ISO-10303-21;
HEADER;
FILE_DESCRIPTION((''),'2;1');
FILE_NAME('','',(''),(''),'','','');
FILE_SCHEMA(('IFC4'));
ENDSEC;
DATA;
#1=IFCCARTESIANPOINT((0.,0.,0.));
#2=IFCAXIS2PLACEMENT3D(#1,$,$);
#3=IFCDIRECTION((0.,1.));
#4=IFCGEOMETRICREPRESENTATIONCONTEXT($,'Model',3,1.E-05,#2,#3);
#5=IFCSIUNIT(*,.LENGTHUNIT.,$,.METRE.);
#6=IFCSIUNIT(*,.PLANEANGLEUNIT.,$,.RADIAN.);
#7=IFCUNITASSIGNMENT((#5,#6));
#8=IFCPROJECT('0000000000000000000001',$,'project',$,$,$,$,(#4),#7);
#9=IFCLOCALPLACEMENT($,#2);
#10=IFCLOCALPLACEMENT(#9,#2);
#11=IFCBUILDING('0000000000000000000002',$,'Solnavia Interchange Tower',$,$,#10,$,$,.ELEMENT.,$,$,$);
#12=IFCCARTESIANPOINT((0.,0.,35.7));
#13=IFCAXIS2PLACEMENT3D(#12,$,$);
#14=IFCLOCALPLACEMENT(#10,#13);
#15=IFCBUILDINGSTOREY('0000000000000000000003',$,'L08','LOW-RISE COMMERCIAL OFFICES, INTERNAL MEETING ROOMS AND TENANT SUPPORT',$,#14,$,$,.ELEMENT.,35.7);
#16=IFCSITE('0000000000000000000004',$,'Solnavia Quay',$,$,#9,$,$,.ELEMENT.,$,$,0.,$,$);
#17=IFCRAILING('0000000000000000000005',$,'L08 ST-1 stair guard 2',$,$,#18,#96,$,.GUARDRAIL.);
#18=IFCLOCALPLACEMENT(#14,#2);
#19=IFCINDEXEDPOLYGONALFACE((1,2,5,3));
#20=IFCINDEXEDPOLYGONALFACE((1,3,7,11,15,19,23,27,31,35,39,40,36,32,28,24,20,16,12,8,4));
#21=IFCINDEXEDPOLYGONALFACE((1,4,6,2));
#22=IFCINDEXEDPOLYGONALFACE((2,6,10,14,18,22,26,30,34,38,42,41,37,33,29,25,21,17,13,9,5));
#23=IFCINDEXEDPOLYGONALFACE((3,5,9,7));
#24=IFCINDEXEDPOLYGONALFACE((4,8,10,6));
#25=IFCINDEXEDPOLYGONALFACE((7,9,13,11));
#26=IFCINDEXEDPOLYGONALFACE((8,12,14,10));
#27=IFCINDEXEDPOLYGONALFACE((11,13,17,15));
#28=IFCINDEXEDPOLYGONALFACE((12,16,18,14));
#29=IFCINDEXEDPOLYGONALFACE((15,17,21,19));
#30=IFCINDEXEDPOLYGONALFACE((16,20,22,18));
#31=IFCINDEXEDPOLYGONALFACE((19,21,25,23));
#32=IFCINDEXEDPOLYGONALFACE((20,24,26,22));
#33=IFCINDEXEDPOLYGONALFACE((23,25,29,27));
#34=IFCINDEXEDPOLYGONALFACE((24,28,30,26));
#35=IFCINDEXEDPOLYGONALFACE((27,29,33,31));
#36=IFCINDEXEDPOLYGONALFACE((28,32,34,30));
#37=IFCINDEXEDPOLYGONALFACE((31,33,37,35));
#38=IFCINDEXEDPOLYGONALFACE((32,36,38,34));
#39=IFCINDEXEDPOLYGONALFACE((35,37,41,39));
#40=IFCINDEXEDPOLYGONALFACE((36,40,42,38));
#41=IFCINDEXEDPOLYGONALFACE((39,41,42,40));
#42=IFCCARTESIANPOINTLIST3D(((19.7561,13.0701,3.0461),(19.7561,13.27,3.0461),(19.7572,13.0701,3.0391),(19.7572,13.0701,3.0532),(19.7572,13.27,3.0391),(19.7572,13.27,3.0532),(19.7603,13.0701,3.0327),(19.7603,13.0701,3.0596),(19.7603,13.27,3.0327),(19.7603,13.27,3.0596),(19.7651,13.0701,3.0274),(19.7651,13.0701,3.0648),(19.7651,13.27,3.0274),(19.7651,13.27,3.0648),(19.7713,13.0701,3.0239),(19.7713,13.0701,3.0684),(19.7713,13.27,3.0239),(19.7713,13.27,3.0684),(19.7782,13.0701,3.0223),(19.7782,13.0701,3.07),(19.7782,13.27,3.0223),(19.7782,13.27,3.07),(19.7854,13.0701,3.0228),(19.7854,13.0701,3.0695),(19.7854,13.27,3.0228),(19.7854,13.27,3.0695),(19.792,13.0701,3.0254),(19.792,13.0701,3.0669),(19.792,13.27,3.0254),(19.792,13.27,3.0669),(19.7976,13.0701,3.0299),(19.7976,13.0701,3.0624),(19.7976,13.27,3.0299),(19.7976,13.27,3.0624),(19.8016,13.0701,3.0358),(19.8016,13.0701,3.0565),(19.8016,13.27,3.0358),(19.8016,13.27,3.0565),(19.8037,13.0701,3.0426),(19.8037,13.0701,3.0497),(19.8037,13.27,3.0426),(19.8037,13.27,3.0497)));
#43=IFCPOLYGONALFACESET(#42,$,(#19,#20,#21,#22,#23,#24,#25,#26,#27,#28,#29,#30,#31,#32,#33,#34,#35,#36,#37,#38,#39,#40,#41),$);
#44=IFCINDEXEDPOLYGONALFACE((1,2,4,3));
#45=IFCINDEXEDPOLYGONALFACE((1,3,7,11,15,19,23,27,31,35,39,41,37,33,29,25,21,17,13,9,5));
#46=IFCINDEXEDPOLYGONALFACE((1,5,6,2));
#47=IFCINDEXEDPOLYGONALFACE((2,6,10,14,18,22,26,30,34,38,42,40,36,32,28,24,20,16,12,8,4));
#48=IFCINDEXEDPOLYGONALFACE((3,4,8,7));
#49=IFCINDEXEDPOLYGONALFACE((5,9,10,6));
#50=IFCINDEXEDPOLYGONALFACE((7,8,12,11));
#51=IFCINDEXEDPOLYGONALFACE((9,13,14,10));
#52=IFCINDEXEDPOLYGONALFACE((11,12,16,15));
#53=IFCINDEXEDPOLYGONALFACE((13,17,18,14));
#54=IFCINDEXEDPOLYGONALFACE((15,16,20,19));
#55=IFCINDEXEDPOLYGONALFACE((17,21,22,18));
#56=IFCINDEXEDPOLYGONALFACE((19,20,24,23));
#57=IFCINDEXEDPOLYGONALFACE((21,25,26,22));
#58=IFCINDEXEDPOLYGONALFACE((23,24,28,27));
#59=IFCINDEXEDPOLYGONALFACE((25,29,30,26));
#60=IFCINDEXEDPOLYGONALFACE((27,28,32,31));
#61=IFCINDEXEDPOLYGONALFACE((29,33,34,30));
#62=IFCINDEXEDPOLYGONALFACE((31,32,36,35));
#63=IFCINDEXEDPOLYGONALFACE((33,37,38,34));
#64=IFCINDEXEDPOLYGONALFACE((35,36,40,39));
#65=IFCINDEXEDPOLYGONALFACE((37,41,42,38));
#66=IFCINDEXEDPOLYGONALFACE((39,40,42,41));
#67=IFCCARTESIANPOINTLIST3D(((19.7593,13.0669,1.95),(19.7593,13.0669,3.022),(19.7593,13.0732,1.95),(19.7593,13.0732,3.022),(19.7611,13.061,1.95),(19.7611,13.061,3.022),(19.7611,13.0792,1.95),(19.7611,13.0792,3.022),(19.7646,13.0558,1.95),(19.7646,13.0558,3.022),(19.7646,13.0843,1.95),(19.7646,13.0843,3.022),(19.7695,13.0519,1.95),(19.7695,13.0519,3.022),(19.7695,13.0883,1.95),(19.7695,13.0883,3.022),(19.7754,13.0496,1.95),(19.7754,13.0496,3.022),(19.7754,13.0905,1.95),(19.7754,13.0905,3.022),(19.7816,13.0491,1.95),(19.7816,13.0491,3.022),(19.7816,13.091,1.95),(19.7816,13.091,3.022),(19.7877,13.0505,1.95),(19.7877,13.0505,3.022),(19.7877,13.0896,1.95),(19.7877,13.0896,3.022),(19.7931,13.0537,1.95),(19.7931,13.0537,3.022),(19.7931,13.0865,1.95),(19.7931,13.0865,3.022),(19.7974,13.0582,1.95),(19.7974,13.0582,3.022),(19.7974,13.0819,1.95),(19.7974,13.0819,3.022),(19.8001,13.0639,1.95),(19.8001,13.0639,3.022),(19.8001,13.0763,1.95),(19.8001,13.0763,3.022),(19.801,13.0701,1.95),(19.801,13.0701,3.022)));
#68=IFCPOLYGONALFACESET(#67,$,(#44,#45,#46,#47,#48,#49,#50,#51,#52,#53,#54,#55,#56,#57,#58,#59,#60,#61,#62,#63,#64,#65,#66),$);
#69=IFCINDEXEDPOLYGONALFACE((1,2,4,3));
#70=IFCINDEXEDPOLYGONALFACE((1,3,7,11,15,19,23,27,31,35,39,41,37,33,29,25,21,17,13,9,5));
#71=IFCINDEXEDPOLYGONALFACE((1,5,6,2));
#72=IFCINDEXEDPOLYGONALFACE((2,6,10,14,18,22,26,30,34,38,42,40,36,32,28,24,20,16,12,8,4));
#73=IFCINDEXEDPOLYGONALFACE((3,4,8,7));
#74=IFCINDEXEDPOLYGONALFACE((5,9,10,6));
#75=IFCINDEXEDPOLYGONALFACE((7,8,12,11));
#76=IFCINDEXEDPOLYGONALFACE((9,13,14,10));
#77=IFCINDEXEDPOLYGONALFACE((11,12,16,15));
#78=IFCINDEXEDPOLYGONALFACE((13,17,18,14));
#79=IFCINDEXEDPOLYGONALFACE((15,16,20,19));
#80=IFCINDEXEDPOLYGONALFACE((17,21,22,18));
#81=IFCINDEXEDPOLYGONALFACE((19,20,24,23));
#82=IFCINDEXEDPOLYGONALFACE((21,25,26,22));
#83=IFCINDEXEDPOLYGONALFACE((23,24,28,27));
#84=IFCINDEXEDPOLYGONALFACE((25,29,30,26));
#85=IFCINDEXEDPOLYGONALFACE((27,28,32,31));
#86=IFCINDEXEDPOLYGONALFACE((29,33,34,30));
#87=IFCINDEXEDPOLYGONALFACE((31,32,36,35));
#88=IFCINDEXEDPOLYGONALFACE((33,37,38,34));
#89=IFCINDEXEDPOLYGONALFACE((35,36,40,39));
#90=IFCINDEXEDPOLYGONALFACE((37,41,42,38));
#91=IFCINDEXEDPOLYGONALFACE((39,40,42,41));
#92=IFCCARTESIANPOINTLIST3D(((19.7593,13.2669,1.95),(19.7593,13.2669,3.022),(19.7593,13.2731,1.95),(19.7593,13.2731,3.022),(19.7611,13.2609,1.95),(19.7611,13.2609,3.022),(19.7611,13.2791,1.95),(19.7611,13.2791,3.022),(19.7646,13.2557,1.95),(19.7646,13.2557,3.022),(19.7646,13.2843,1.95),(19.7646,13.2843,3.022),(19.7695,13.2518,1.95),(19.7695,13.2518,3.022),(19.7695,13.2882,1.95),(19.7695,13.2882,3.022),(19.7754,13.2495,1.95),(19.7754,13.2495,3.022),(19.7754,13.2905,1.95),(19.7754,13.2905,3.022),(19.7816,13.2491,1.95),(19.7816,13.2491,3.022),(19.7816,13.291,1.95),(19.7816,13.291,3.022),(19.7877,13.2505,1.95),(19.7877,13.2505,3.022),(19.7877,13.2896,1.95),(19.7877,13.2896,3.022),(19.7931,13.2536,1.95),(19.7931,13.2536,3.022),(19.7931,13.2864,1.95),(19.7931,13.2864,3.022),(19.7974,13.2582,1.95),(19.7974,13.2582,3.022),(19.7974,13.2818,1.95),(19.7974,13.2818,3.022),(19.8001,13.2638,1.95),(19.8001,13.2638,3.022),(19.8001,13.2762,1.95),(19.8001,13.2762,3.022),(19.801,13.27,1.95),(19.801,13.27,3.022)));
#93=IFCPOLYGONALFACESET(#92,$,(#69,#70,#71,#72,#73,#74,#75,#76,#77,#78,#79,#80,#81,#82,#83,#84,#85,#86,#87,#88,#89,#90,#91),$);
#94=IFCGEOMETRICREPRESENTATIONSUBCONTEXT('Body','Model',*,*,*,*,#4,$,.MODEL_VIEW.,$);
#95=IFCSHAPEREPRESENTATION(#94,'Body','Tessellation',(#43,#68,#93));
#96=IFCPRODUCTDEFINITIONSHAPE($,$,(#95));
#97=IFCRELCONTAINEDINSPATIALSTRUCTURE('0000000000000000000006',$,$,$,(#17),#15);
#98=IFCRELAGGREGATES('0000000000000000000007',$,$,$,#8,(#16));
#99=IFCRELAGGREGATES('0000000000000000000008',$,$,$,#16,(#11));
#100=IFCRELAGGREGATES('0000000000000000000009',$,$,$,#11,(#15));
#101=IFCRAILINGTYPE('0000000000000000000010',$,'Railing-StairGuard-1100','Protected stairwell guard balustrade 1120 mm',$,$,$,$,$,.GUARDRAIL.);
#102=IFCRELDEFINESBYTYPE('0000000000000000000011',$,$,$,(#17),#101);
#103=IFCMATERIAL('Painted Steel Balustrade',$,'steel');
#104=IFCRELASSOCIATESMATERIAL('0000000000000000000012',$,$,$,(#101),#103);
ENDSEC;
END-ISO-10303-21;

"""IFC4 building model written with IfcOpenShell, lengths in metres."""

from ifc_helpers import new_model, si_unit, direction, frame, origin, origin_2d, place, context, subcontext, project, spatial, circle, extrude, material, type_object, element, save


model = new_model("IFC4")

# Units and contexts
model_context = context("Model", 3, precision=1e-05, world=origin(), true_north=direction((0.0, 1.0)))
body_context = subcontext(model_context, "Body", "Model", "MODEL_VIEW")
ifc_project = project(units=[si_unit("LENGTHUNIT", "METRE"), si_unit("PLANEANGLEUNIT", "RADIAN")], contexts=[model_context])

# Site, building, storey
site_placement = place(None, origin())
site = spatial("IfcSite", under=ifc_project, at=site_placement, Name="Solnavia Quay", CompositionType="ELEMENT", RefElevation=0.0)
building_placement = place(site_placement, origin())
building = spatial("IfcBuilding", under=site, at=building_placement, Name="Solnavia Interchange Tower", CompositionType="ELEMENT")
storey_placement = place(building_placement, frame((0.0, 0.0, 35.7)))
storey = spatial("IfcBuildingStorey", under=building, at=storey_placement, Name="L08", Description="LOW-RISE COMMERCIAL OFFICES, INTERNAL MEETING ROOMS AND TENANT SUPPORT", CompositionType="ELEMENT", Elevation=35.7)

# Railing
ifc_material_1 = material(Name="Painted Steel Balustrade", Category="steel")
railing_type_1 = type_object("IfcRailingType", Name="Railing-StairGuard-1100", Description="Protected stairwell guard balustrade 1120 mm", PredefinedType="GUARDRAIL", material=ifc_material_1)
railing_1_placement = place(storey_placement, frame((19.78, 13.0701, 1.95)))
element("IfcRailing", 1, at=railing_1_placement, inside=storey, type_object=railing_type_1, Name="L08 ST-1 stair guard 2", PredefinedType="GUARDRAIL", context=body_context, shape_type="SweptSolid", body=[
    extrude(circle(Radius=0.0239, at=origin_2d()), frame((0.0, 0.0, 1.0962), z_axis=(0.0, 1.0, 0.0), x_axis=(-1.0, 0.0, 0.0)), (0.0, 0.0, 1.0), 0.2),
    extrude(circle(Radius=0.021, at=origin_2d()), origin(), (0.0, 0.0, 1.0), 1.072),
    extrude(circle(Radius=0.021, at=origin_2d()), frame((0.0, 0.2, 0.0)), (0.0, 0.0, 1.0), 1.072),
])

save(model, "model.ifc")
